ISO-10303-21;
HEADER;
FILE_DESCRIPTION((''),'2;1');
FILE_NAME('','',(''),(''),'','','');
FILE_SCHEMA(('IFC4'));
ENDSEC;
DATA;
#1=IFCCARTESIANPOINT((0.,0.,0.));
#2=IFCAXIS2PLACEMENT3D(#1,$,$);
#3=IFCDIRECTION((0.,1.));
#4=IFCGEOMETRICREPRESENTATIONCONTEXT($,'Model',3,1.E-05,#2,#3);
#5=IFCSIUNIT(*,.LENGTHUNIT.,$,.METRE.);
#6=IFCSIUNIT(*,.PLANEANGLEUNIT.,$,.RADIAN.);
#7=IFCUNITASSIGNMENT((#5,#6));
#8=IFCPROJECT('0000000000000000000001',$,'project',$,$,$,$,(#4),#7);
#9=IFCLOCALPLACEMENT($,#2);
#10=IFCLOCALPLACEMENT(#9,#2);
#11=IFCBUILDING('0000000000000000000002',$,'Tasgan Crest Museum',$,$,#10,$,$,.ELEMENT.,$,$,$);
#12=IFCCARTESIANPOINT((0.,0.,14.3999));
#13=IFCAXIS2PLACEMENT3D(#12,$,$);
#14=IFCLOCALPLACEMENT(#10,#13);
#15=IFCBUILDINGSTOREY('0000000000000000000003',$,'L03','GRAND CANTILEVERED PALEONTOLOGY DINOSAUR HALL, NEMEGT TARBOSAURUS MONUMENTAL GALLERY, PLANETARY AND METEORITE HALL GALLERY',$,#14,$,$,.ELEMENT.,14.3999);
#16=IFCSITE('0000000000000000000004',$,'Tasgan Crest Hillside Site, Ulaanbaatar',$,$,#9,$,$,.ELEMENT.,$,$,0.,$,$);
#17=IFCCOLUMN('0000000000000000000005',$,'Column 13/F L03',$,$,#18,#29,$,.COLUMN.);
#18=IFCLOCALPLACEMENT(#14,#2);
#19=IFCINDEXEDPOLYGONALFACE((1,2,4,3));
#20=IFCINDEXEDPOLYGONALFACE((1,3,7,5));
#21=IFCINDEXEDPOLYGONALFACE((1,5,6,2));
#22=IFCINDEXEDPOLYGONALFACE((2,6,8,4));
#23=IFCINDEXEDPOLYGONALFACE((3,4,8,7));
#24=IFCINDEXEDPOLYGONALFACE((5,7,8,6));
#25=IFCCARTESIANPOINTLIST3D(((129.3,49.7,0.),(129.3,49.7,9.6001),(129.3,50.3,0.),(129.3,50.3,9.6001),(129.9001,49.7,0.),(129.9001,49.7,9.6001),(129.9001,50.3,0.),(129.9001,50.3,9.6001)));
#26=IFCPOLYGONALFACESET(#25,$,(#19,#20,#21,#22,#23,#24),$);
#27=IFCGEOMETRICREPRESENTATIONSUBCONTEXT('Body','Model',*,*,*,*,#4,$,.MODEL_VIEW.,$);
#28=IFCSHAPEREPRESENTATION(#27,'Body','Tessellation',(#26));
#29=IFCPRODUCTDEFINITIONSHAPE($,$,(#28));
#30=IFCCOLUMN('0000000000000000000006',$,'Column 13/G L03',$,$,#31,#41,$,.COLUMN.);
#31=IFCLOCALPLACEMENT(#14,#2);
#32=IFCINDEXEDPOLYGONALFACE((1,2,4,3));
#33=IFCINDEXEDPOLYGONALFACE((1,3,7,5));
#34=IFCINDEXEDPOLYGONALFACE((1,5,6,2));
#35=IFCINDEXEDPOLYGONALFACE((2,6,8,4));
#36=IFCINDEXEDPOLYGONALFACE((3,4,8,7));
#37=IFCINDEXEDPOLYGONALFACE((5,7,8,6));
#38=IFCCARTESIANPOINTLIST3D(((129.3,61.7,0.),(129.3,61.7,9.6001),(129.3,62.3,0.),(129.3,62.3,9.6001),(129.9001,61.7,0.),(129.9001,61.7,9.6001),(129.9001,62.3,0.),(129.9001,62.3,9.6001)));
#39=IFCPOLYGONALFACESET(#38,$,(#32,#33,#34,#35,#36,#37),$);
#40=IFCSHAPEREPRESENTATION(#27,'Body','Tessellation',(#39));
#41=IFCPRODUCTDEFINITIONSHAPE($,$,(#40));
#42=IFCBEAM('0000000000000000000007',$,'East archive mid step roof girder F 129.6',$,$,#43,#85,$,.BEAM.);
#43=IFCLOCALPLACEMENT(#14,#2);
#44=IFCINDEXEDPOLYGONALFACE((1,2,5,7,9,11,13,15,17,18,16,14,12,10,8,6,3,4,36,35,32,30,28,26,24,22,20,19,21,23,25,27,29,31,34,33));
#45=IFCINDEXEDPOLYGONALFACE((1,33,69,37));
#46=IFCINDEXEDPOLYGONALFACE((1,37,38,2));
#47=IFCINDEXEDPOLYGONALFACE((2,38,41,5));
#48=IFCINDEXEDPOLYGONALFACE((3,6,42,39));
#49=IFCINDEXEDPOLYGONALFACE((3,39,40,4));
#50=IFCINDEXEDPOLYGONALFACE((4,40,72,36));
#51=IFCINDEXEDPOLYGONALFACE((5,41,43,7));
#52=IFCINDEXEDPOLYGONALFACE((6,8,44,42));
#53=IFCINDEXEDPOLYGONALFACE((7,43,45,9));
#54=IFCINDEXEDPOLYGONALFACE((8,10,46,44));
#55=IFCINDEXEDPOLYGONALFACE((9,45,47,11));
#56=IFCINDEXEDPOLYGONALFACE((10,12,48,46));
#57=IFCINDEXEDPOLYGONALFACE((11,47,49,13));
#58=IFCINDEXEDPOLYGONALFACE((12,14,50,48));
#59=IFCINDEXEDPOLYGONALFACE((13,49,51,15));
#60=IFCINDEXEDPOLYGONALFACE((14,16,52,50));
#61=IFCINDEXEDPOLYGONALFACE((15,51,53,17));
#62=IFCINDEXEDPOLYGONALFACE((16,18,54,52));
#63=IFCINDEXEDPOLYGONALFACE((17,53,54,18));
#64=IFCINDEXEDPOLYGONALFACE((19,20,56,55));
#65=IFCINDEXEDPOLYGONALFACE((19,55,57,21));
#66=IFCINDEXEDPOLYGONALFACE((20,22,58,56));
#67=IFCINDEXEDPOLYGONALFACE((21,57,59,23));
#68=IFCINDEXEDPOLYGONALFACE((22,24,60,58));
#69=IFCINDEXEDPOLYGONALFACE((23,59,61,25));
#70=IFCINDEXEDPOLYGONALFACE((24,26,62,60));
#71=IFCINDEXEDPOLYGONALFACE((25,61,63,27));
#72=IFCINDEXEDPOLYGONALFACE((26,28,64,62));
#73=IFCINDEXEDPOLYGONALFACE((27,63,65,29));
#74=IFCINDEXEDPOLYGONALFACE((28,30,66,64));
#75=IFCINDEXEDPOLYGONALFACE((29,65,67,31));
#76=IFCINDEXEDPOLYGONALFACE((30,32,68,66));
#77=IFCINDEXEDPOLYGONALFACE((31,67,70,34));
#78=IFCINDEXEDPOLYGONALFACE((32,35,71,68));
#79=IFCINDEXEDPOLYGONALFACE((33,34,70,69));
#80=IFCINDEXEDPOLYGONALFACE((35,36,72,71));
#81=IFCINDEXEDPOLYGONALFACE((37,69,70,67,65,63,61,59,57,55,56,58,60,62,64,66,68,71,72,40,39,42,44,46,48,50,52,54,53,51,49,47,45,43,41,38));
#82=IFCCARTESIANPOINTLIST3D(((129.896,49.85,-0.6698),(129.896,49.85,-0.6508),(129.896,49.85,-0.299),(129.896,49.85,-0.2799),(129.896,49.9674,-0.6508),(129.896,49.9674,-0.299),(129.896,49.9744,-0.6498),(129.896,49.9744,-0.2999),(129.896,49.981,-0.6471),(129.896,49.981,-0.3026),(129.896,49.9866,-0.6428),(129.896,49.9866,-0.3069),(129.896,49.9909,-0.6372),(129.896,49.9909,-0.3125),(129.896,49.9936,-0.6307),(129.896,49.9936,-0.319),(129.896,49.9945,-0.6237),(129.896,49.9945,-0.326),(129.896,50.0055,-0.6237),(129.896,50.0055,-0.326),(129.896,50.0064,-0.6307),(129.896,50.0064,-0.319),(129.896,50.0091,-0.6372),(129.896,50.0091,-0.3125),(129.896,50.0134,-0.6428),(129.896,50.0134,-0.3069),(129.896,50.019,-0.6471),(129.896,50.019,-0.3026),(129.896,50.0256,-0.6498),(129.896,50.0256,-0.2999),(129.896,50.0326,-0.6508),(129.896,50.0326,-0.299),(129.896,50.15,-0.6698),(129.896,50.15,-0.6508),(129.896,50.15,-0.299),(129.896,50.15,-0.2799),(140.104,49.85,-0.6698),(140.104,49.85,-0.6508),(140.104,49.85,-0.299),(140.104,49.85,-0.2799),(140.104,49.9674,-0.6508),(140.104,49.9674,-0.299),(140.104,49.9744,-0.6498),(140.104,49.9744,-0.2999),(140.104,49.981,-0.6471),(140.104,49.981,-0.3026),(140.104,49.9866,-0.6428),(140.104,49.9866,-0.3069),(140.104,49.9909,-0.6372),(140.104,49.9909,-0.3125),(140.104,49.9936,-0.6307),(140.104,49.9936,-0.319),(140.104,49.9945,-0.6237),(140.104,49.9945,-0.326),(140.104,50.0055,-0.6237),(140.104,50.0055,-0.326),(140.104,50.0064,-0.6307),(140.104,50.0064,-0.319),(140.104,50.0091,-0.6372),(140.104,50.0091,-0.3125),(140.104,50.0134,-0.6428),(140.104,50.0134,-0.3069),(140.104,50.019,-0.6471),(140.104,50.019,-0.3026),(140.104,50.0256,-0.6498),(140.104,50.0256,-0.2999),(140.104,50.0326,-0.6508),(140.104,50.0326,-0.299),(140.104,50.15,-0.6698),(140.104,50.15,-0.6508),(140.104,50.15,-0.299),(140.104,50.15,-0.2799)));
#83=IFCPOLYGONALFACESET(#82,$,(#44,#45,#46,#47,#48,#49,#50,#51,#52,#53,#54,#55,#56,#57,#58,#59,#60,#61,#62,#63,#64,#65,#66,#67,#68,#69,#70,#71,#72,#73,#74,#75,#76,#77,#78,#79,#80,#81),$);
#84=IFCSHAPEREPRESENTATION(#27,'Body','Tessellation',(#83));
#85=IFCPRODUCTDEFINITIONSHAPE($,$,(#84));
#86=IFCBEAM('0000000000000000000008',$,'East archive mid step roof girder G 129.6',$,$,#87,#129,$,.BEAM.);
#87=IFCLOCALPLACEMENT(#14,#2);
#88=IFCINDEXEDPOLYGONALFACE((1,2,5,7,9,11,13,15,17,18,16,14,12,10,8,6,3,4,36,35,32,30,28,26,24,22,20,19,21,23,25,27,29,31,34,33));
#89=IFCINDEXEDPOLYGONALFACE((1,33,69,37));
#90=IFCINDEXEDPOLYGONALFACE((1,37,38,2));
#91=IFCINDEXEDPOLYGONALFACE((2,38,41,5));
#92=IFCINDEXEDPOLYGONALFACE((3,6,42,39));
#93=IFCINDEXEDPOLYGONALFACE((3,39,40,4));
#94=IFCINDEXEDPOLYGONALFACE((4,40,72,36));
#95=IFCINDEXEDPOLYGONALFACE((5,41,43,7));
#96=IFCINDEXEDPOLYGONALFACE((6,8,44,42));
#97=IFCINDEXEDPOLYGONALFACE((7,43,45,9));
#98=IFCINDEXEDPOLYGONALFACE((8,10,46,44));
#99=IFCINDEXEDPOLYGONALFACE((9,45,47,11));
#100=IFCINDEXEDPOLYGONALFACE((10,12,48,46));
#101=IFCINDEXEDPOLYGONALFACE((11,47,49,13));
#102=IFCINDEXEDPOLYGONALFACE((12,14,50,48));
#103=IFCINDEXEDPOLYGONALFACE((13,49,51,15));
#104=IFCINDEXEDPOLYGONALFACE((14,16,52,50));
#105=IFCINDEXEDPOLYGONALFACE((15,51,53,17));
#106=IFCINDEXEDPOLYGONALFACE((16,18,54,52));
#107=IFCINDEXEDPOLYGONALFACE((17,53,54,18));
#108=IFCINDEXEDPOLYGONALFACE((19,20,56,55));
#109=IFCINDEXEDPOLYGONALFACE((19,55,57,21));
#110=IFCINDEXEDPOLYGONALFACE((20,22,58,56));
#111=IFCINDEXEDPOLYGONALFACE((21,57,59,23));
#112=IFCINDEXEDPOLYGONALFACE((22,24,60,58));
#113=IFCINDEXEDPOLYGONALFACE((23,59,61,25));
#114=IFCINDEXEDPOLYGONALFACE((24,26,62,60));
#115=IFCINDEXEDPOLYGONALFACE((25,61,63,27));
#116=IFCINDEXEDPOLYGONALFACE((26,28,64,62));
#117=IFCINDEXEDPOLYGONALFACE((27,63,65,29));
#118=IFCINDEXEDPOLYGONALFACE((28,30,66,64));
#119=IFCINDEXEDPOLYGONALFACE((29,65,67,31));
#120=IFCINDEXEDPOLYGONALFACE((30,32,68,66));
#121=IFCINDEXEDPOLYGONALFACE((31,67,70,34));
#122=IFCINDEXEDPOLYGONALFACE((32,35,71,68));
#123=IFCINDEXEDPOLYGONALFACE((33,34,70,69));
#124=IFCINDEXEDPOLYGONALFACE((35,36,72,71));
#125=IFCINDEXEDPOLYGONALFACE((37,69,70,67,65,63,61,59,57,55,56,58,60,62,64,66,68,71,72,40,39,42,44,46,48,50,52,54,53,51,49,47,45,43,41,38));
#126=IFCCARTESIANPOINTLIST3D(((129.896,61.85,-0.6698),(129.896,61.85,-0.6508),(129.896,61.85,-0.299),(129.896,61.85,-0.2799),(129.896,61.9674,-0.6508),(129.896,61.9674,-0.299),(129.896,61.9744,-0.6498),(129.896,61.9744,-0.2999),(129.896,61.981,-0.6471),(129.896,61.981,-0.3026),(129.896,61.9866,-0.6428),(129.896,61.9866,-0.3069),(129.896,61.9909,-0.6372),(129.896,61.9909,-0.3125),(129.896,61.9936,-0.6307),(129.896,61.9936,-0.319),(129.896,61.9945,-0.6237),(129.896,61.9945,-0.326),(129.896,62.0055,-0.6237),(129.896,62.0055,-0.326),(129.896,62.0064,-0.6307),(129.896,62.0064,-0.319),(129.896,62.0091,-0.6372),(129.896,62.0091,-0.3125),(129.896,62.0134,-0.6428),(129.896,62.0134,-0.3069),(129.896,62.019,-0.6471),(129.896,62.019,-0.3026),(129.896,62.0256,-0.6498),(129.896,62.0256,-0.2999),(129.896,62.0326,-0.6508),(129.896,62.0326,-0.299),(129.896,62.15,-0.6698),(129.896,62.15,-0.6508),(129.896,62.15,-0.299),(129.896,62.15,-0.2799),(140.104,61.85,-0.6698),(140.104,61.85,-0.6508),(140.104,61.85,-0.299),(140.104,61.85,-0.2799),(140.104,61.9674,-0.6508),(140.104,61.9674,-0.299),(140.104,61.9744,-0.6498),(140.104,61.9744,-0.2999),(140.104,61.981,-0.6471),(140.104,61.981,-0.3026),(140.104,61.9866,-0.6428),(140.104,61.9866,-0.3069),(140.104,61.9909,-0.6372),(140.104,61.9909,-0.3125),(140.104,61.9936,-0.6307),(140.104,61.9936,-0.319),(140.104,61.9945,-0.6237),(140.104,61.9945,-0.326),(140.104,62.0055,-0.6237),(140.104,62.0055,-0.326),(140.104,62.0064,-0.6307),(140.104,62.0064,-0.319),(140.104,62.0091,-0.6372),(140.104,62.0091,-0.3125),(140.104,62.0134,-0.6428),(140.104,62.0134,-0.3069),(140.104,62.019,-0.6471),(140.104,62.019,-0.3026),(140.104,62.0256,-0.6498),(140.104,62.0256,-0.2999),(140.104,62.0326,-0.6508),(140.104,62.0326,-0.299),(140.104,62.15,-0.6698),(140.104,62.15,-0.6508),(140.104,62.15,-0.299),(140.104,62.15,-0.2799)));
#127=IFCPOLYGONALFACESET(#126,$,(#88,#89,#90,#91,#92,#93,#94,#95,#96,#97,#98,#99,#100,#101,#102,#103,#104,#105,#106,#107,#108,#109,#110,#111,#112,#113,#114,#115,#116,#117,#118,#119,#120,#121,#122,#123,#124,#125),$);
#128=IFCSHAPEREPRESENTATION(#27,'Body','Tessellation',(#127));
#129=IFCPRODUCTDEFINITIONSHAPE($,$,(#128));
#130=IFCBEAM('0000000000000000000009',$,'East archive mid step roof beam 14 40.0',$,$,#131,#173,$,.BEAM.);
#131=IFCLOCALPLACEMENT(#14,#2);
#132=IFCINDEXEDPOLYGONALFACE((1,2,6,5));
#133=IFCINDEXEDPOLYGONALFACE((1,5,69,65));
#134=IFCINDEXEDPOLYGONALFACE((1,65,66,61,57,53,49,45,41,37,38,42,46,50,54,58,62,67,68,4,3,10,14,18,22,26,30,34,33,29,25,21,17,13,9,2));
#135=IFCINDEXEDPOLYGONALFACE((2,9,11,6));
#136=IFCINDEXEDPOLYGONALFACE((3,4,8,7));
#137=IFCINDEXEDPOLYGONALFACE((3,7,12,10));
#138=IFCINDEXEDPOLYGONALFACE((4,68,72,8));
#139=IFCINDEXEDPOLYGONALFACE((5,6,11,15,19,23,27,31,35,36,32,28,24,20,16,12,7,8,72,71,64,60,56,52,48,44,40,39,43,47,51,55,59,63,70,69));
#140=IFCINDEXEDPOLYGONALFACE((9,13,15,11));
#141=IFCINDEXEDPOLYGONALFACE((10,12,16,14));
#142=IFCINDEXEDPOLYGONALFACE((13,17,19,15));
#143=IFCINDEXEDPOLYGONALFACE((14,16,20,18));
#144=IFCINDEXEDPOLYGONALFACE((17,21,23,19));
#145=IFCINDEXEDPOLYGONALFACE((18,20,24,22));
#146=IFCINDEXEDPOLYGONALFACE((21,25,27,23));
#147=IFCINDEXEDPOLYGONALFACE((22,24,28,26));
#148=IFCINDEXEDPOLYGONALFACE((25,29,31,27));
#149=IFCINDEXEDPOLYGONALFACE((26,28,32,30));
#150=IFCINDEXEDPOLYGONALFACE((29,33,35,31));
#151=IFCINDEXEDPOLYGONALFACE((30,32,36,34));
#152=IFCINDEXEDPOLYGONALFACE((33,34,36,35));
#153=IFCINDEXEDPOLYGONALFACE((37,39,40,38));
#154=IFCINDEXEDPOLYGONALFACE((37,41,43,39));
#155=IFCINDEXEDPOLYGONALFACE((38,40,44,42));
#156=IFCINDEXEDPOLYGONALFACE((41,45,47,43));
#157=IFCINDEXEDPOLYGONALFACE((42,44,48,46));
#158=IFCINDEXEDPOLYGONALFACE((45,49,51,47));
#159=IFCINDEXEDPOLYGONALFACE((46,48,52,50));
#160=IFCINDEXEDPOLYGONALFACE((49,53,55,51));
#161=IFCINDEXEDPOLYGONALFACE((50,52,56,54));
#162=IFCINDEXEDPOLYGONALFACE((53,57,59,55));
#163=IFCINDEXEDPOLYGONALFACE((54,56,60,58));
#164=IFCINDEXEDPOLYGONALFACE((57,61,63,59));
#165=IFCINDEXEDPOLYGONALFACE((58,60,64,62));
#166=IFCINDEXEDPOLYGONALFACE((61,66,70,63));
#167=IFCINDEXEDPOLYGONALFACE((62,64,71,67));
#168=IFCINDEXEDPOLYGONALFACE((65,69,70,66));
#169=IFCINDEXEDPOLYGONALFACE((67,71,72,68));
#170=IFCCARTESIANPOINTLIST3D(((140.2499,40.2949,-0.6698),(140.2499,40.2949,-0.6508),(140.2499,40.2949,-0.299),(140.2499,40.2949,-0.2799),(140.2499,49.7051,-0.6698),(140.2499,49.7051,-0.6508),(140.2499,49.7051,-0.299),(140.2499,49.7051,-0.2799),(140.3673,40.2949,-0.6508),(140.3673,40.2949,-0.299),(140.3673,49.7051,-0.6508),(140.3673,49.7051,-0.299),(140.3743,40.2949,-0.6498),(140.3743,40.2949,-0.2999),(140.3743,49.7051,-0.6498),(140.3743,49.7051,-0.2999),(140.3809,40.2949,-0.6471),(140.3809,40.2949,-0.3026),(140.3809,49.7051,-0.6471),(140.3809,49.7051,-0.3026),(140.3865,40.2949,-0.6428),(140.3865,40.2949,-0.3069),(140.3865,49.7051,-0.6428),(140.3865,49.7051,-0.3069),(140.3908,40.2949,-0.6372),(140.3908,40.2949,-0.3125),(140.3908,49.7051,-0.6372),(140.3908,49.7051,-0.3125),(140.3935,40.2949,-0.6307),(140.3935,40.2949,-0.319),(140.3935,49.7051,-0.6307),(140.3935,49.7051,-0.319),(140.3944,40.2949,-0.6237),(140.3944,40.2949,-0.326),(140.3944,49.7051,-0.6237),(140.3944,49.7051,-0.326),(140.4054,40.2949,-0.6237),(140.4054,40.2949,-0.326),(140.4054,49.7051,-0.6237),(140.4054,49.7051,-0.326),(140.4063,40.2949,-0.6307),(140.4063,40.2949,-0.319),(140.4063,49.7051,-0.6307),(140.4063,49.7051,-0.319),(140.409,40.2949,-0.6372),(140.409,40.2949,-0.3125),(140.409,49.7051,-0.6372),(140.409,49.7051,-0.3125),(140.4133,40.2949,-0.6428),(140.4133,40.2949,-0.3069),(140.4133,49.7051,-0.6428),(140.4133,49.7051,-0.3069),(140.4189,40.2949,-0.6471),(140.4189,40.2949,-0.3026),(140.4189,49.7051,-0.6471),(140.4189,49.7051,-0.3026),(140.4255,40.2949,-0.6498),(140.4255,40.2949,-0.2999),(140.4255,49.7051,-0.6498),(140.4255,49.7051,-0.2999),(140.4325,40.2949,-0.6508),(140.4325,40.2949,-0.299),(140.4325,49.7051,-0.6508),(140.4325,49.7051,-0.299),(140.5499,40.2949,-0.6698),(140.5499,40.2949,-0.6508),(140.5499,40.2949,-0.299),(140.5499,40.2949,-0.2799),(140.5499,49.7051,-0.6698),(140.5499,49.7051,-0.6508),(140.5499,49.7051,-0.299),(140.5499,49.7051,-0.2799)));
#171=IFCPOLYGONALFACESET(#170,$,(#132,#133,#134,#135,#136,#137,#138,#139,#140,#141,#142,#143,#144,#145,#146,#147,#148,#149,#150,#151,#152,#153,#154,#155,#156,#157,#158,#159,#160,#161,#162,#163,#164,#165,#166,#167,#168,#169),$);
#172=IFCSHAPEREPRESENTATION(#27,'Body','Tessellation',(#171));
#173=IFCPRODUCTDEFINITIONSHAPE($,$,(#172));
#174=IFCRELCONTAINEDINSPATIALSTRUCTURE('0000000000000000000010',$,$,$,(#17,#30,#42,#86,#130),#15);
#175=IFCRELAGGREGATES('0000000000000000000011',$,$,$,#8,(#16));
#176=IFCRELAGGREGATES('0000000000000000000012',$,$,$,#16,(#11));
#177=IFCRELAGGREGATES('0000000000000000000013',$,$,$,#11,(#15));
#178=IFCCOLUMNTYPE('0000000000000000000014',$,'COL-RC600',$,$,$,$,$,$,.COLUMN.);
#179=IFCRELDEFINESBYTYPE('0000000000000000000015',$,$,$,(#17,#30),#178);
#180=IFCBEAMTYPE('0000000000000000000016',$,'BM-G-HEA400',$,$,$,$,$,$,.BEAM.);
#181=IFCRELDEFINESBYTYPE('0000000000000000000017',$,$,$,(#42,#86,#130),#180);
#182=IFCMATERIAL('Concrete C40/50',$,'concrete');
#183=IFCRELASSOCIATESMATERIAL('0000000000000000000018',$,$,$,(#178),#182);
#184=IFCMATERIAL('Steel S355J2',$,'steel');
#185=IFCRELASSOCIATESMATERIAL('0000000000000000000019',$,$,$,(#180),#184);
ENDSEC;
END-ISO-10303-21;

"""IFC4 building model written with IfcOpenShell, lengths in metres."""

from ifc_helpers import new_model, si_unit, direction, frame, origin, origin_2d, place, context, subcontext, project, spatial, rectangle, i_section, extrude, material, material_profile, profile_set, type_object, element, save


model = new_model("IFC4")

# Units and contexts
model_context = context("Model", 3, precision=1e-05, world=origin(), true_north=direction((0.0, 1.0)))
body_context = subcontext(model_context, "Body", "Model", "MODEL_VIEW")
ifc_project = project(units=[si_unit("LENGTHUNIT", "METRE"), si_unit("PLANEANGLEUNIT", "RADIAN")], contexts=[model_context])

# Site, building, storey
site_placement = place(None, origin())
site = spatial("IfcSite", under=ifc_project, at=site_placement, Name="Tasgan Crest Hillside Site, Ulaanbaatar", CompositionType="ELEMENT", RefElevation=0.0)
building_placement = place(site_placement, origin())
building = spatial("IfcBuilding", under=site, at=building_placement, Name="Tasgan Crest Museum", CompositionType="ELEMENT")
storey_placement = place(building_placement, frame((0.0, 0.0, 14.3999)))
storey = spatial("IfcBuildingStorey", under=building, at=storey_placement, Name="L03", Description="GRAND CANTILEVERED PALEONTOLOGY DINOSAUR HALL, NEMEGT TARBOSAURUS MONUMENTAL GALLERY, PLANETARY AND METEORITE HALL GALLERY", CompositionType="ELEMENT", Elevation=14.3999)

# Columns
ifc_material_1 = material(Name="Concrete C40/50", Category="concrete")
ifc_material_profile_1 = material_profile(ifc_material_1, rectangle(XDim=0.6001, YDim=0.6001, at=origin_2d()), Name="RC 600x600")
ifc_profile_set_1 = profile_set([ifc_material_profile_1], Name="Concrete C40/50")
column_type = type_object("IfcColumnType", Name="COL-RC600", PredefinedType="COLUMN", material=ifc_profile_set_1)
for number, where, z_axis, x_axis, name in (
    (1, (129.6001, 50.0, 0.0), (0.0, 0.0, 1.0), (1.0, 0.0, 0.0), "Column 13/F L03"),
    (2, (129.6001, 62.0, 0.0), (0.0, 0.0, 1.0), (1.0, 0.0, 0.0), "Column 13/G L03"),
):
    element("IfcColumn", number, at=place(storey_placement, frame(where, z_axis=z_axis, x_axis=x_axis)), inside=storey, type_object=column_type, Name=name, PredefinedType="COLUMN", context=body_context, shape_type="SweptSolid", body=[
        extrude(rectangle(XDim=0.6001, YDim=0.6001, at=origin_2d()), origin(), (0.0, 0.0, 1.0), 9.6001),
    ])

# Beams
ifc_material_2 = material(Name="Steel S355J2", Category="steel")
ifc_material_profile_2 = material_profile(ifc_material_2, i_section(OverallWidth=0.3, OverallDepth=0.3899, WebThickness=0.011, FlangeThickness=0.019, FilletRadius=0.0271, at=origin_2d()), Name="HEA 400")
ifc_profile_set_2 = profile_set([ifc_material_profile_2], Name="Steel S355J2")
beam_type_1 = type_object("IfcBeamType", Name="BM-G-HEA400", PredefinedType="BEAM", material=ifc_profile_set_2)
for number, where, z_axis, x_axis, name in (
    (3, (129.896, 50.0, -0.4749), (1.0, 0.0, 0.0), (0.0, 1.0, 0.0), "East archive mid step roof girder F 129.6"),
    (4, (129.896, 62.0, -0.4749), (1.0, 0.0, 0.0), (0.0, 1.0, 0.0), "East archive mid step roof girder G 129.6"),
):
    element("IfcBeam", number, at=place(storey_placement, frame(where, z_axis=z_axis, x_axis=x_axis)), inside=storey, type_object=beam_type_1, Name=name, PredefinedType="BEAM", context=body_context, shape_type="SweptSolid", body=[
        extrude(i_section(OverallWidth=0.3, OverallDepth=0.3899, WebThickness=0.011, FlangeThickness=0.019, FilletRadius=0.0271, at=origin_2d()), origin(), (0.0, 0.0, 1.0), 10.208),
    ])
beam_1_placement = place(storey_placement, frame((140.3999, 40.2949, -0.4749), z_axis=(0.0, 1.0, 0.0), x_axis=(-1.0, 0.0, 0.0)))
element("IfcBeam", 5, at=beam_1_placement, inside=storey, type_object=beam_type_1, Name="East archive mid step roof beam 14 40.0", PredefinedType="BEAM", context=body_context, shape_type="SweptSolid", body=[
    extrude(i_section(OverallWidth=0.3, OverallDepth=0.3899, WebThickness=0.011, FlangeThickness=0.019, FilletRadius=0.0271, at=origin_2d()), origin(), (0.0, 0.0, 1.0), 9.4102),
])

save(model, "model.ifc")
